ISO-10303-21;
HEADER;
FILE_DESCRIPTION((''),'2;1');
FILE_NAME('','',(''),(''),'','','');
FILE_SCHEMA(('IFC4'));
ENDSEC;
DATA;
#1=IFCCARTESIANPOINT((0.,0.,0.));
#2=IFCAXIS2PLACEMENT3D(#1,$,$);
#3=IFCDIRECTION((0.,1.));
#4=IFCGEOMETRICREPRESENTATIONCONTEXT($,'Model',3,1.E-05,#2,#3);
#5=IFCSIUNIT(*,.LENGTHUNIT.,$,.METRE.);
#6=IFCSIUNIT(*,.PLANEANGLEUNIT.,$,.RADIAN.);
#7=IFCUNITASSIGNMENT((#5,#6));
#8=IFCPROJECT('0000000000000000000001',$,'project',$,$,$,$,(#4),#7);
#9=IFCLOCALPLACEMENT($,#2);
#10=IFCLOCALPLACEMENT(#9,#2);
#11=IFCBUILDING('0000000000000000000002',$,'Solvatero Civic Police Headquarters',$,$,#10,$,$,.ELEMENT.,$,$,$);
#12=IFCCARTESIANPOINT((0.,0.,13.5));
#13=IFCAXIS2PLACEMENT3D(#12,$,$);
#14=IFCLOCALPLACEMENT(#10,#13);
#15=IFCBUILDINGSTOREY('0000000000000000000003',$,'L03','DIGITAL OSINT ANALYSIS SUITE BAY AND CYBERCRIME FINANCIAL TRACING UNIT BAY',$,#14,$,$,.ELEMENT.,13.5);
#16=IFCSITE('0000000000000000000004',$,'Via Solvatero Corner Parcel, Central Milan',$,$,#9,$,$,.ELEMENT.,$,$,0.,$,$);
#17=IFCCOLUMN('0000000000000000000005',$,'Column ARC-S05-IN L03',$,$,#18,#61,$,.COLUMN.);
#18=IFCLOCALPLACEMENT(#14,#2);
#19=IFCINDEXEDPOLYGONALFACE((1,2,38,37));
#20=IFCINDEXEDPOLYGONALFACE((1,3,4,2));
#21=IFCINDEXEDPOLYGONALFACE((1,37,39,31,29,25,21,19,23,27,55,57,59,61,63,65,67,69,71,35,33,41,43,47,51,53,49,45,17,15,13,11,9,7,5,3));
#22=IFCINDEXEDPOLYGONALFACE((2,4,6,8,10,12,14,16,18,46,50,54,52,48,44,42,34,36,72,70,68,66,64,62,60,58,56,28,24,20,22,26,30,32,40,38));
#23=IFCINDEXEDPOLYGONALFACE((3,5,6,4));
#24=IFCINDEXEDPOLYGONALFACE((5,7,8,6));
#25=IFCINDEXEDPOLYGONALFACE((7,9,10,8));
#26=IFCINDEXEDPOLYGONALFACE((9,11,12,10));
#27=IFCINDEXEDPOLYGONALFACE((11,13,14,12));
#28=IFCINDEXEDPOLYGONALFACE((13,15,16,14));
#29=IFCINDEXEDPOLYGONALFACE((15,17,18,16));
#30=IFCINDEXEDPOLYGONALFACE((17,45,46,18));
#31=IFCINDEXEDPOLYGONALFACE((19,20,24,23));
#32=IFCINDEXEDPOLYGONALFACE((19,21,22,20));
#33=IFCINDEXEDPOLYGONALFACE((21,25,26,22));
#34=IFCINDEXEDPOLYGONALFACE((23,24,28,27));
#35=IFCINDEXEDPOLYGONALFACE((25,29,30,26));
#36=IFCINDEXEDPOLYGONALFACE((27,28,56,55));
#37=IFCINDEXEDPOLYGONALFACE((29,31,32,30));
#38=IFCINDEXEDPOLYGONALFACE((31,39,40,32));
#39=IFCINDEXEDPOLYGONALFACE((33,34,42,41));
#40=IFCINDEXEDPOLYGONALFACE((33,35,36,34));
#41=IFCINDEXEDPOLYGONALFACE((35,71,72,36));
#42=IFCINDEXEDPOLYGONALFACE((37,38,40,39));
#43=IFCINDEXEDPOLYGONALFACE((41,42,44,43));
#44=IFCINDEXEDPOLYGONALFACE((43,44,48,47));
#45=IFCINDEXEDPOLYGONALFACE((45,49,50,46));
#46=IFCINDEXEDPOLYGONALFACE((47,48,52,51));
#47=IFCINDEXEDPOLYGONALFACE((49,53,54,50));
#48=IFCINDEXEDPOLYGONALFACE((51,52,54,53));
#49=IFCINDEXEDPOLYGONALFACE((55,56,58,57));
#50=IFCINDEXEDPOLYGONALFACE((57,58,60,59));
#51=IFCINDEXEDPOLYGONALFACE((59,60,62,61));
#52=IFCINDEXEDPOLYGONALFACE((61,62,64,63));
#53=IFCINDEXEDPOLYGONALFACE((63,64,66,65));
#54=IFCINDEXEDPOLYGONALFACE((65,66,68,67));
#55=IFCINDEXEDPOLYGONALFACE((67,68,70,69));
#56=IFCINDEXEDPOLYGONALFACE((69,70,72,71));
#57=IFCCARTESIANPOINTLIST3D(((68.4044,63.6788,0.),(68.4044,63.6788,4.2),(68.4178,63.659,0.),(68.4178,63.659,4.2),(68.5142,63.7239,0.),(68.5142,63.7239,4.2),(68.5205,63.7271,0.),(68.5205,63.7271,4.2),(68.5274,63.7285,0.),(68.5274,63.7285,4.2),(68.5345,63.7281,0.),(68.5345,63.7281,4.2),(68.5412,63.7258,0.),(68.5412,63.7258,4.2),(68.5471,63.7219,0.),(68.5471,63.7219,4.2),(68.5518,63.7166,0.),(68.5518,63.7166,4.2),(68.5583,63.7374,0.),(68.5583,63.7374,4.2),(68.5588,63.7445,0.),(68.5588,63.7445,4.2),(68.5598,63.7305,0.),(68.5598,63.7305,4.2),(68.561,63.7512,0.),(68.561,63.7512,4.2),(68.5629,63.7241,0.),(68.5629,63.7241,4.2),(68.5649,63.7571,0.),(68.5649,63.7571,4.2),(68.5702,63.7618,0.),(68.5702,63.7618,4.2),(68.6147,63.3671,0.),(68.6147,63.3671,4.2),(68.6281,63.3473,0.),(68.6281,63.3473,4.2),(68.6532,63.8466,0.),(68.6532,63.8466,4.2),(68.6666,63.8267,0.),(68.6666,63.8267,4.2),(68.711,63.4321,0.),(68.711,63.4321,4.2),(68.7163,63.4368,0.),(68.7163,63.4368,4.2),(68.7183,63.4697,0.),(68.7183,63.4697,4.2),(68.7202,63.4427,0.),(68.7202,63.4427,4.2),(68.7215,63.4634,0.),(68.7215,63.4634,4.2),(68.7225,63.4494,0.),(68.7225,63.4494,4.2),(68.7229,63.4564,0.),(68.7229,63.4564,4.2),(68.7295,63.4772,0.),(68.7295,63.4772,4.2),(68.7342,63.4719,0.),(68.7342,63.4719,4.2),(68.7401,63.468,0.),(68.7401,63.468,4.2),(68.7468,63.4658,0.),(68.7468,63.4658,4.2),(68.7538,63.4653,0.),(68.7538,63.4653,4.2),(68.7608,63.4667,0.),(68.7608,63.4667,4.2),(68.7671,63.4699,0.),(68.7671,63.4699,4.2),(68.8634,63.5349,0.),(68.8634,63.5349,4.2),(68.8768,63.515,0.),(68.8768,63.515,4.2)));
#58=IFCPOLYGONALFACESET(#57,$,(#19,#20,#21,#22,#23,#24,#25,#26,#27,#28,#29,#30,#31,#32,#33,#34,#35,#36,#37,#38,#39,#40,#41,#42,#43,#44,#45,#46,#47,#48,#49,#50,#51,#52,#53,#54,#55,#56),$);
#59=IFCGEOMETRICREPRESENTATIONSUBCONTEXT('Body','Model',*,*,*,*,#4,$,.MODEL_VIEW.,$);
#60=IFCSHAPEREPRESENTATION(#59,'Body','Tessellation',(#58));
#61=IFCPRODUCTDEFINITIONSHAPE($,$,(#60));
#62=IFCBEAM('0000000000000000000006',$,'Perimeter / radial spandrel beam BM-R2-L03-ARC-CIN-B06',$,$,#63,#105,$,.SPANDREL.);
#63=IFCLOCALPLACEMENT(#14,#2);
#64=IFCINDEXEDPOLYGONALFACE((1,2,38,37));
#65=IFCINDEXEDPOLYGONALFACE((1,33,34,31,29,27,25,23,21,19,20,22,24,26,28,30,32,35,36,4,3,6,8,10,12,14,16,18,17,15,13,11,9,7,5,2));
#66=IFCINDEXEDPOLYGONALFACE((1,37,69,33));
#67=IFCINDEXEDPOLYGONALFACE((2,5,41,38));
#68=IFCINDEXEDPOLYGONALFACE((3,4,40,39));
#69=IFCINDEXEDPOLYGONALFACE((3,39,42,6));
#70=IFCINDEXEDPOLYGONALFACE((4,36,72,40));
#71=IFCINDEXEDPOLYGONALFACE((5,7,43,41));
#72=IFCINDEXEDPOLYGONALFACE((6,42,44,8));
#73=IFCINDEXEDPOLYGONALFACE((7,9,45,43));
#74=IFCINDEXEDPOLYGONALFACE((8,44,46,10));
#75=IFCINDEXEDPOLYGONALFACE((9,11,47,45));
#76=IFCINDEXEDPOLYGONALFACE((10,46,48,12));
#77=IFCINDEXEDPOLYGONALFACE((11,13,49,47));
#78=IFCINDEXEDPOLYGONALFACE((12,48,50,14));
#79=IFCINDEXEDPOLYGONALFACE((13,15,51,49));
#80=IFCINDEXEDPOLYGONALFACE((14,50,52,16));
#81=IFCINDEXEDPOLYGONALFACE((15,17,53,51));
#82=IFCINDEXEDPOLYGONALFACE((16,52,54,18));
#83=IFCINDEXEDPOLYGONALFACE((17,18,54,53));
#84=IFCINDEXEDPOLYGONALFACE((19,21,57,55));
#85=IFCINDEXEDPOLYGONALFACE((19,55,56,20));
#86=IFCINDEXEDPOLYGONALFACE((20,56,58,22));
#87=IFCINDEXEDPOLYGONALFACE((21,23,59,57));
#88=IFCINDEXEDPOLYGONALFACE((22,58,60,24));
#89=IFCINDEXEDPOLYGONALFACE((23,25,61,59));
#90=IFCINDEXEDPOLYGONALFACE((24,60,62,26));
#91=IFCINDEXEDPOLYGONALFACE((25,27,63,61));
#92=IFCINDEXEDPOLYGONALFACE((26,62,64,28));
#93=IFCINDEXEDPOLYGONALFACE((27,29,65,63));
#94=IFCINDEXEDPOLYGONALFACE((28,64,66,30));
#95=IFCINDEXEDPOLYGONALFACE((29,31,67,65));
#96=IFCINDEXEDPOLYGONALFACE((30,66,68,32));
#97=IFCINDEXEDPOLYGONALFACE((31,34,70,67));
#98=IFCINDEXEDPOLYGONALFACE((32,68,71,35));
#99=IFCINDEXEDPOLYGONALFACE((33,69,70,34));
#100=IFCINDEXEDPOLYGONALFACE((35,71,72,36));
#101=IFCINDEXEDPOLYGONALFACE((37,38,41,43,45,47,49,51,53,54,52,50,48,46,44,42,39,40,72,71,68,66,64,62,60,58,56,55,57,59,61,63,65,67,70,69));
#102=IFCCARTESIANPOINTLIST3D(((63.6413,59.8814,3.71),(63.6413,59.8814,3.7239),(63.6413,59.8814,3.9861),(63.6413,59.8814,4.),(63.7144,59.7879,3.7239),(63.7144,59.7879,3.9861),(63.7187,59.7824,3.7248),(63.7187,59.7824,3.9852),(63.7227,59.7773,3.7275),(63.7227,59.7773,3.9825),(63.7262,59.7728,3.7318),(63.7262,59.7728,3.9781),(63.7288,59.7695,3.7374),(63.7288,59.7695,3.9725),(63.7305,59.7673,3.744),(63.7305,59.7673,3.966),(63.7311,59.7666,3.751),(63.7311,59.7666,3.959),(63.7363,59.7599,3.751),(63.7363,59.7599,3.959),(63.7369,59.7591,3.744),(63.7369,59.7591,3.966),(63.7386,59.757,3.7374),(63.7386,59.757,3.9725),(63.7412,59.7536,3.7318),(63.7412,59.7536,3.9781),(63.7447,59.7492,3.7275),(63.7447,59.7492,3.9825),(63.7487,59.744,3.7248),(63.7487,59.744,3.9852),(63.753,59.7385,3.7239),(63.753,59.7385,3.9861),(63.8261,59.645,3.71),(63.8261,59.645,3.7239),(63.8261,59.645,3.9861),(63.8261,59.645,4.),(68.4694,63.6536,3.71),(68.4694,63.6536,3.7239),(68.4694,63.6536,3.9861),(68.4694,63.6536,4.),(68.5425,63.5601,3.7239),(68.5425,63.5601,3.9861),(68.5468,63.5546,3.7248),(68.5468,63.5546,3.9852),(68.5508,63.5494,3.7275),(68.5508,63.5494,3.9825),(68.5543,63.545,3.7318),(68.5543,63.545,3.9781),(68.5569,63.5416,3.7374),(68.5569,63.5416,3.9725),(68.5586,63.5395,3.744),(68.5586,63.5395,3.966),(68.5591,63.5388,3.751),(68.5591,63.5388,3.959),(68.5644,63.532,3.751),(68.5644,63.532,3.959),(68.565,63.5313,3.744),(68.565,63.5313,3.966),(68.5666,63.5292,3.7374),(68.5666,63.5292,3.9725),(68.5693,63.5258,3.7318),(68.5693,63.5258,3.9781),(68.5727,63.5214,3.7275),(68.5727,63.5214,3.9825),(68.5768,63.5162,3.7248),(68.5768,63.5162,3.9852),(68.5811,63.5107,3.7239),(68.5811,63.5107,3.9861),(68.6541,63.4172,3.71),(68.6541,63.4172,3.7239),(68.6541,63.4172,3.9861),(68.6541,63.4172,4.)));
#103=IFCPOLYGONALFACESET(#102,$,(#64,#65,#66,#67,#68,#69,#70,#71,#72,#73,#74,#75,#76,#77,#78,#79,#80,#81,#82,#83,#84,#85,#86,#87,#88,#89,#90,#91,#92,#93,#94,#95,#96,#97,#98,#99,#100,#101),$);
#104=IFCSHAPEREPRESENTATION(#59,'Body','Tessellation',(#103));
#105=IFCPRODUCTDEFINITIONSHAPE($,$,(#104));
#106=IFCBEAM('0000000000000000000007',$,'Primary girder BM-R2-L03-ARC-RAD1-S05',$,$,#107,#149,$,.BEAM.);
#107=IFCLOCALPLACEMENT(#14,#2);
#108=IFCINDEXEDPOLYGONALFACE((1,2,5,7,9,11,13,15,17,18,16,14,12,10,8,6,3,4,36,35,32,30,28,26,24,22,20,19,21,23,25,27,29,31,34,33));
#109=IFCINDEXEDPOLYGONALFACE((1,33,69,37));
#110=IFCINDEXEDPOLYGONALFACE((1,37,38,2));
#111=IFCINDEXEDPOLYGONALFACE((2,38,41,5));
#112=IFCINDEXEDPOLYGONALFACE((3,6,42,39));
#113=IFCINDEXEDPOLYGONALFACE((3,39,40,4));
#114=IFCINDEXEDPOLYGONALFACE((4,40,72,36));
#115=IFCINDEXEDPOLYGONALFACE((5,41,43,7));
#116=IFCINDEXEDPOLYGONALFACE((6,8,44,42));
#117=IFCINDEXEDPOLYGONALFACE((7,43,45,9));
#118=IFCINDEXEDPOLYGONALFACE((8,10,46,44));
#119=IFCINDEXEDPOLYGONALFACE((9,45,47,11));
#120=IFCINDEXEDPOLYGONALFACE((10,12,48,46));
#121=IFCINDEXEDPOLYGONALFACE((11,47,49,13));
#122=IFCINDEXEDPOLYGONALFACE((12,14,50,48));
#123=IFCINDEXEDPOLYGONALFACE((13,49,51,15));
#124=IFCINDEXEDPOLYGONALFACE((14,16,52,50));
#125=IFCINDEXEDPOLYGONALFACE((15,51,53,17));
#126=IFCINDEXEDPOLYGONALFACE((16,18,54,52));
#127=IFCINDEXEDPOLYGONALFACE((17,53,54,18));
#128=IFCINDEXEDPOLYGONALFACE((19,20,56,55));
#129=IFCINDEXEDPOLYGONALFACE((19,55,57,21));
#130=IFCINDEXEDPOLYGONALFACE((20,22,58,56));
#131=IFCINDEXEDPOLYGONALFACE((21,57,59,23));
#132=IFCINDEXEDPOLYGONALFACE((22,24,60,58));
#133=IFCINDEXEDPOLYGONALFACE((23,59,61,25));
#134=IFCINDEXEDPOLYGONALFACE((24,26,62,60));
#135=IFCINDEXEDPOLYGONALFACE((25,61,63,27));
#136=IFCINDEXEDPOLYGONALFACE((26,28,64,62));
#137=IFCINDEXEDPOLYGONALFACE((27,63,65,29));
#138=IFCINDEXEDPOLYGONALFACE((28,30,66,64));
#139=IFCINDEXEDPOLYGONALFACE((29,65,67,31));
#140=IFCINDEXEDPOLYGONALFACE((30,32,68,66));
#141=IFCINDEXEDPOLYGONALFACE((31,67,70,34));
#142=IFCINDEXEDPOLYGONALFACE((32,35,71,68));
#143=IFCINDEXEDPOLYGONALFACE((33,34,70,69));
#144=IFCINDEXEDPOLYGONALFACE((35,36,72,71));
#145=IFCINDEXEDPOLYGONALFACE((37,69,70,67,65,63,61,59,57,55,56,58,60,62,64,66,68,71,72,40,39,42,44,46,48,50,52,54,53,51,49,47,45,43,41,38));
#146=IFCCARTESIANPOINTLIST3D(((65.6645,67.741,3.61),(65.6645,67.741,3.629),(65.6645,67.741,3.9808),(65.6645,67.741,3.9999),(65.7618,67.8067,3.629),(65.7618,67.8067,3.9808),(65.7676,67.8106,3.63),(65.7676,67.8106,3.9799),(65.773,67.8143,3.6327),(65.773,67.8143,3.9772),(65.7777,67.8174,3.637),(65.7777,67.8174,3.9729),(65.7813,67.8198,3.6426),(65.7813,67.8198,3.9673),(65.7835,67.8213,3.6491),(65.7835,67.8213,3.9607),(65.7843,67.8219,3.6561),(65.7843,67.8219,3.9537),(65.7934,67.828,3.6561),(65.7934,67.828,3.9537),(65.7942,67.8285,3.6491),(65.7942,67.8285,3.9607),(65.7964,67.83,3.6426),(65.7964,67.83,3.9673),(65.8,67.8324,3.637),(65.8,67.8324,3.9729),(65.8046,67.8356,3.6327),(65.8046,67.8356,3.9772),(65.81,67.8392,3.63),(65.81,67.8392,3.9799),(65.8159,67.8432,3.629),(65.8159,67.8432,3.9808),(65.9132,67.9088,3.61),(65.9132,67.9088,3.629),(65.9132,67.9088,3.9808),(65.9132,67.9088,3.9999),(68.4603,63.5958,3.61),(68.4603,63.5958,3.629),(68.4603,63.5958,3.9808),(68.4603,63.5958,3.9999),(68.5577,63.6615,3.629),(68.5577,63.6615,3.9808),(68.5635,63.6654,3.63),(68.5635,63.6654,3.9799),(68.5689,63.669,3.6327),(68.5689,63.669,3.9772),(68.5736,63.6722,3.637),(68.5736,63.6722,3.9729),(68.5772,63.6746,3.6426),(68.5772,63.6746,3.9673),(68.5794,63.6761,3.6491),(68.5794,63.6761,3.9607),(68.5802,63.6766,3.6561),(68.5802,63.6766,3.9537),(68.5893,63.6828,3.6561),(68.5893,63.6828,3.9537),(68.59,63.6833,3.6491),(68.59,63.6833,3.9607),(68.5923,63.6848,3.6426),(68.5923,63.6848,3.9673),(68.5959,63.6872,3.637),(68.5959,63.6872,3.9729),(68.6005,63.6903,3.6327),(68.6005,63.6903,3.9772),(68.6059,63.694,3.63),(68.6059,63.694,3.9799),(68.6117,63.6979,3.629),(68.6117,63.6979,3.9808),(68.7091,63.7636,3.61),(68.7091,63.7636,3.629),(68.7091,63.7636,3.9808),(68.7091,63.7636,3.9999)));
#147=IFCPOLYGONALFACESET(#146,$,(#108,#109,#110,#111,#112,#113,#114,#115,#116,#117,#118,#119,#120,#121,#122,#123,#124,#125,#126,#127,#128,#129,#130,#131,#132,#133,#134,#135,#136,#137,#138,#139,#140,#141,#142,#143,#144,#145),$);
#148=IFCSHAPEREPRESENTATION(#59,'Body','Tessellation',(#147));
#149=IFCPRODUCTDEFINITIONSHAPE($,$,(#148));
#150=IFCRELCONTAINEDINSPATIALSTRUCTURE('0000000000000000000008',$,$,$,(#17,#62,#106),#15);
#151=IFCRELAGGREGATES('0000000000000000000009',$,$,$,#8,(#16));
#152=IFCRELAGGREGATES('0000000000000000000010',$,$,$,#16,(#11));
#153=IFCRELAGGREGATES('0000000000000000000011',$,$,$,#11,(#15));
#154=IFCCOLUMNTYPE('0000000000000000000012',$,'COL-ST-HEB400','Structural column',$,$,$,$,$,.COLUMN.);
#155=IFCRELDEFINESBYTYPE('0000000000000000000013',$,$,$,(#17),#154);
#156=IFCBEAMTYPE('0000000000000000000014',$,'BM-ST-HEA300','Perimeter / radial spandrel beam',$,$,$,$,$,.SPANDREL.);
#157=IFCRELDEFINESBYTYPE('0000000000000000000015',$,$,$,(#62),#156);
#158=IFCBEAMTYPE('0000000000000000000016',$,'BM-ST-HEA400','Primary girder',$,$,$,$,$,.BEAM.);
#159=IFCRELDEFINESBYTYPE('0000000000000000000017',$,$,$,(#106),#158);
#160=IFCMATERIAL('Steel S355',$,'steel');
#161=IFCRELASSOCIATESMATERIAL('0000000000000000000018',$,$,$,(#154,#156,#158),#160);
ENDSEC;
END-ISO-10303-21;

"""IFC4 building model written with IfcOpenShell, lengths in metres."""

from ifc_helpers import new_model, si_unit, direction, frame, origin, origin_2d, place, context, subcontext, project, spatial, i_section, extrude, material, material_profile, profile_set, type_object, element, save


model = new_model("IFC4")

# Units and contexts
model_context = context("Model", 3, precision=1e-05, world=origin(), true_north=direction((0.0, 1.0)))
body_context = subcontext(model_context, "Body", "Model", "MODEL_VIEW")
ifc_project = project(units=[si_unit("LENGTHUNIT", "METRE"), si_unit("PLANEANGLEUNIT", "RADIAN")], contexts=[model_context])

# Site, building, storey
site_placement = place(None, origin())
site = spatial("IfcSite", under=ifc_project, at=site_placement, Name="Via Solvatero Corner Parcel, Central Milan", CompositionType="ELEMENT", RefElevation=0.0)
building_placement = place(site_placement, origin())
building = spatial("IfcBuilding", under=site, at=building_placement, Name="Solvatero Civic Police Headquarters", CompositionType="ELEMENT")
storey_placement = place(building_placement, frame((0.0, 0.0, 13.5)))
storey = spatial("IfcBuildingStorey", under=building, at=storey_placement, Name="L03", Description="DIGITAL OSINT ANALYSIS SUITE BAY AND CYBERCRIME FINANCIAL TRACING UNIT BAY", CompositionType="ELEMENT", Elevation=13.5)

# Column
ifc_material_1 = material(Name="Steel S355", Category="steel")
ifc_material_profile_1 = material_profile(ifc_material_1, i_section(OverallWidth=0.3, OverallDepth=0.3999, WebThickness=0.0134, FlangeThickness=0.0239, FilletRadius=0.0271, at=origin_2d()), Name="HEB 400")
ifc_profile_set_1 = profile_set([ifc_material_profile_1], Name="Steel S355")
column_type = type_object("IfcColumnType", Name="COL-ST-HEB400", Description="Structural column", PredefinedType="COLUMN", material=ifc_profile_set_1)
column_placement = place(storey_placement, frame((68.6406, 63.5969, 0.0), z_axis=(0.0, 0.0, 1.0), x_axis=(0.829038, 0.559193, 0.0)))
element("IfcColumn", 1, at=column_placement, inside=storey, type_object=column_type, Name="Column ARC-S05-IN L03", PredefinedType="COLUMN", context=body_context, shape_type="SweptSolid", body=[
    extrude(i_section(OverallWidth=0.3, OverallDepth=0.3999, WebThickness=0.0134, FlangeThickness=0.0239, FilletRadius=0.0271, at=origin_2d()), origin(), (0.0, 0.0, 1.0), 4.2),
])

# Beams
ifc_material_profile_2 = material_profile(ifc_material_1, i_section(OverallWidth=0.3, OverallDepth=0.29, WebThickness=0.0085, FlangeThickness=0.0139, FilletRadius=0.0271, at=origin_2d()), Name="HEA 300")
ifc_profile_set_2 = profile_set([ifc_material_profile_2], Name="Steel S355")
beam_type_1 = type_object("IfcBeamType", Name="BM-ST-HEA300", Description="Perimeter / radial spandrel beam", PredefinedType="SPANDREL", material=ifc_profile_set_2)
beam_1_placement = place(storey_placement, frame((68.5618, 63.5354, 3.855), z_axis=(-0.788005, -0.615669, 0.0), x_axis=(0.615669, -0.788005, 0.0)))
element("IfcBeam", 2, at=beam_1_placement, inside=storey, type_object=beam_type_1, Name="Perimeter / radial spandrel beam BM-R2-L03-ARC-CIN-B06", PredefinedType="SPANDREL", context=body_context, shape_type="SweptSolid", body=[
    extrude(i_section(OverallWidth=0.3, OverallDepth=0.29, WebThickness=0.0085, FlangeThickness=0.0139, FilletRadius=0.0271, at=origin_2d()), origin(), (0.0, 0.0, 1.0), 6.127),
])
ifc_material_profile_3 = material_profile(ifc_material_1, i_section(OverallWidth=0.3, OverallDepth=0.3899, WebThickness=0.011, FlangeThickness=0.019, FilletRadius=0.0271, at=origin_2d()), Name="HEA 400")
ifc_profile_set_3 = profile_set([ifc_material_profile_3], Name="Steel S355")
beam_type_2 = type_object("IfcBeamType", Name="BM-ST-HEA400", Description="Primary girder", PredefinedType="BEAM", material=ifc_profile_set_3)
beam_2_placement = place(storey_placement, frame((68.5847, 63.6797, 3.8049), z_axis=(-0.559177, 0.829048, 0.0), x_axis=(-0.829048, -0.559177, 0.0)))
element("IfcBeam", 3, at=beam_2_placement, inside=storey, type_object=beam_type_2, Name="Primary girder BM-R2-L03-ARC-RAD1-S05", PredefinedType="BEAM", context=body_context, shape_type="SweptSolid", body=[
    extrude(i_section(OverallWidth=0.3, OverallDepth=0.3899, WebThickness=0.011, FlangeThickness=0.019, FilletRadius=0.0271, at=origin_2d()), origin(), (0.0, 0.0, 1.0), 5.0),
])

save(model, "model.ifc")
